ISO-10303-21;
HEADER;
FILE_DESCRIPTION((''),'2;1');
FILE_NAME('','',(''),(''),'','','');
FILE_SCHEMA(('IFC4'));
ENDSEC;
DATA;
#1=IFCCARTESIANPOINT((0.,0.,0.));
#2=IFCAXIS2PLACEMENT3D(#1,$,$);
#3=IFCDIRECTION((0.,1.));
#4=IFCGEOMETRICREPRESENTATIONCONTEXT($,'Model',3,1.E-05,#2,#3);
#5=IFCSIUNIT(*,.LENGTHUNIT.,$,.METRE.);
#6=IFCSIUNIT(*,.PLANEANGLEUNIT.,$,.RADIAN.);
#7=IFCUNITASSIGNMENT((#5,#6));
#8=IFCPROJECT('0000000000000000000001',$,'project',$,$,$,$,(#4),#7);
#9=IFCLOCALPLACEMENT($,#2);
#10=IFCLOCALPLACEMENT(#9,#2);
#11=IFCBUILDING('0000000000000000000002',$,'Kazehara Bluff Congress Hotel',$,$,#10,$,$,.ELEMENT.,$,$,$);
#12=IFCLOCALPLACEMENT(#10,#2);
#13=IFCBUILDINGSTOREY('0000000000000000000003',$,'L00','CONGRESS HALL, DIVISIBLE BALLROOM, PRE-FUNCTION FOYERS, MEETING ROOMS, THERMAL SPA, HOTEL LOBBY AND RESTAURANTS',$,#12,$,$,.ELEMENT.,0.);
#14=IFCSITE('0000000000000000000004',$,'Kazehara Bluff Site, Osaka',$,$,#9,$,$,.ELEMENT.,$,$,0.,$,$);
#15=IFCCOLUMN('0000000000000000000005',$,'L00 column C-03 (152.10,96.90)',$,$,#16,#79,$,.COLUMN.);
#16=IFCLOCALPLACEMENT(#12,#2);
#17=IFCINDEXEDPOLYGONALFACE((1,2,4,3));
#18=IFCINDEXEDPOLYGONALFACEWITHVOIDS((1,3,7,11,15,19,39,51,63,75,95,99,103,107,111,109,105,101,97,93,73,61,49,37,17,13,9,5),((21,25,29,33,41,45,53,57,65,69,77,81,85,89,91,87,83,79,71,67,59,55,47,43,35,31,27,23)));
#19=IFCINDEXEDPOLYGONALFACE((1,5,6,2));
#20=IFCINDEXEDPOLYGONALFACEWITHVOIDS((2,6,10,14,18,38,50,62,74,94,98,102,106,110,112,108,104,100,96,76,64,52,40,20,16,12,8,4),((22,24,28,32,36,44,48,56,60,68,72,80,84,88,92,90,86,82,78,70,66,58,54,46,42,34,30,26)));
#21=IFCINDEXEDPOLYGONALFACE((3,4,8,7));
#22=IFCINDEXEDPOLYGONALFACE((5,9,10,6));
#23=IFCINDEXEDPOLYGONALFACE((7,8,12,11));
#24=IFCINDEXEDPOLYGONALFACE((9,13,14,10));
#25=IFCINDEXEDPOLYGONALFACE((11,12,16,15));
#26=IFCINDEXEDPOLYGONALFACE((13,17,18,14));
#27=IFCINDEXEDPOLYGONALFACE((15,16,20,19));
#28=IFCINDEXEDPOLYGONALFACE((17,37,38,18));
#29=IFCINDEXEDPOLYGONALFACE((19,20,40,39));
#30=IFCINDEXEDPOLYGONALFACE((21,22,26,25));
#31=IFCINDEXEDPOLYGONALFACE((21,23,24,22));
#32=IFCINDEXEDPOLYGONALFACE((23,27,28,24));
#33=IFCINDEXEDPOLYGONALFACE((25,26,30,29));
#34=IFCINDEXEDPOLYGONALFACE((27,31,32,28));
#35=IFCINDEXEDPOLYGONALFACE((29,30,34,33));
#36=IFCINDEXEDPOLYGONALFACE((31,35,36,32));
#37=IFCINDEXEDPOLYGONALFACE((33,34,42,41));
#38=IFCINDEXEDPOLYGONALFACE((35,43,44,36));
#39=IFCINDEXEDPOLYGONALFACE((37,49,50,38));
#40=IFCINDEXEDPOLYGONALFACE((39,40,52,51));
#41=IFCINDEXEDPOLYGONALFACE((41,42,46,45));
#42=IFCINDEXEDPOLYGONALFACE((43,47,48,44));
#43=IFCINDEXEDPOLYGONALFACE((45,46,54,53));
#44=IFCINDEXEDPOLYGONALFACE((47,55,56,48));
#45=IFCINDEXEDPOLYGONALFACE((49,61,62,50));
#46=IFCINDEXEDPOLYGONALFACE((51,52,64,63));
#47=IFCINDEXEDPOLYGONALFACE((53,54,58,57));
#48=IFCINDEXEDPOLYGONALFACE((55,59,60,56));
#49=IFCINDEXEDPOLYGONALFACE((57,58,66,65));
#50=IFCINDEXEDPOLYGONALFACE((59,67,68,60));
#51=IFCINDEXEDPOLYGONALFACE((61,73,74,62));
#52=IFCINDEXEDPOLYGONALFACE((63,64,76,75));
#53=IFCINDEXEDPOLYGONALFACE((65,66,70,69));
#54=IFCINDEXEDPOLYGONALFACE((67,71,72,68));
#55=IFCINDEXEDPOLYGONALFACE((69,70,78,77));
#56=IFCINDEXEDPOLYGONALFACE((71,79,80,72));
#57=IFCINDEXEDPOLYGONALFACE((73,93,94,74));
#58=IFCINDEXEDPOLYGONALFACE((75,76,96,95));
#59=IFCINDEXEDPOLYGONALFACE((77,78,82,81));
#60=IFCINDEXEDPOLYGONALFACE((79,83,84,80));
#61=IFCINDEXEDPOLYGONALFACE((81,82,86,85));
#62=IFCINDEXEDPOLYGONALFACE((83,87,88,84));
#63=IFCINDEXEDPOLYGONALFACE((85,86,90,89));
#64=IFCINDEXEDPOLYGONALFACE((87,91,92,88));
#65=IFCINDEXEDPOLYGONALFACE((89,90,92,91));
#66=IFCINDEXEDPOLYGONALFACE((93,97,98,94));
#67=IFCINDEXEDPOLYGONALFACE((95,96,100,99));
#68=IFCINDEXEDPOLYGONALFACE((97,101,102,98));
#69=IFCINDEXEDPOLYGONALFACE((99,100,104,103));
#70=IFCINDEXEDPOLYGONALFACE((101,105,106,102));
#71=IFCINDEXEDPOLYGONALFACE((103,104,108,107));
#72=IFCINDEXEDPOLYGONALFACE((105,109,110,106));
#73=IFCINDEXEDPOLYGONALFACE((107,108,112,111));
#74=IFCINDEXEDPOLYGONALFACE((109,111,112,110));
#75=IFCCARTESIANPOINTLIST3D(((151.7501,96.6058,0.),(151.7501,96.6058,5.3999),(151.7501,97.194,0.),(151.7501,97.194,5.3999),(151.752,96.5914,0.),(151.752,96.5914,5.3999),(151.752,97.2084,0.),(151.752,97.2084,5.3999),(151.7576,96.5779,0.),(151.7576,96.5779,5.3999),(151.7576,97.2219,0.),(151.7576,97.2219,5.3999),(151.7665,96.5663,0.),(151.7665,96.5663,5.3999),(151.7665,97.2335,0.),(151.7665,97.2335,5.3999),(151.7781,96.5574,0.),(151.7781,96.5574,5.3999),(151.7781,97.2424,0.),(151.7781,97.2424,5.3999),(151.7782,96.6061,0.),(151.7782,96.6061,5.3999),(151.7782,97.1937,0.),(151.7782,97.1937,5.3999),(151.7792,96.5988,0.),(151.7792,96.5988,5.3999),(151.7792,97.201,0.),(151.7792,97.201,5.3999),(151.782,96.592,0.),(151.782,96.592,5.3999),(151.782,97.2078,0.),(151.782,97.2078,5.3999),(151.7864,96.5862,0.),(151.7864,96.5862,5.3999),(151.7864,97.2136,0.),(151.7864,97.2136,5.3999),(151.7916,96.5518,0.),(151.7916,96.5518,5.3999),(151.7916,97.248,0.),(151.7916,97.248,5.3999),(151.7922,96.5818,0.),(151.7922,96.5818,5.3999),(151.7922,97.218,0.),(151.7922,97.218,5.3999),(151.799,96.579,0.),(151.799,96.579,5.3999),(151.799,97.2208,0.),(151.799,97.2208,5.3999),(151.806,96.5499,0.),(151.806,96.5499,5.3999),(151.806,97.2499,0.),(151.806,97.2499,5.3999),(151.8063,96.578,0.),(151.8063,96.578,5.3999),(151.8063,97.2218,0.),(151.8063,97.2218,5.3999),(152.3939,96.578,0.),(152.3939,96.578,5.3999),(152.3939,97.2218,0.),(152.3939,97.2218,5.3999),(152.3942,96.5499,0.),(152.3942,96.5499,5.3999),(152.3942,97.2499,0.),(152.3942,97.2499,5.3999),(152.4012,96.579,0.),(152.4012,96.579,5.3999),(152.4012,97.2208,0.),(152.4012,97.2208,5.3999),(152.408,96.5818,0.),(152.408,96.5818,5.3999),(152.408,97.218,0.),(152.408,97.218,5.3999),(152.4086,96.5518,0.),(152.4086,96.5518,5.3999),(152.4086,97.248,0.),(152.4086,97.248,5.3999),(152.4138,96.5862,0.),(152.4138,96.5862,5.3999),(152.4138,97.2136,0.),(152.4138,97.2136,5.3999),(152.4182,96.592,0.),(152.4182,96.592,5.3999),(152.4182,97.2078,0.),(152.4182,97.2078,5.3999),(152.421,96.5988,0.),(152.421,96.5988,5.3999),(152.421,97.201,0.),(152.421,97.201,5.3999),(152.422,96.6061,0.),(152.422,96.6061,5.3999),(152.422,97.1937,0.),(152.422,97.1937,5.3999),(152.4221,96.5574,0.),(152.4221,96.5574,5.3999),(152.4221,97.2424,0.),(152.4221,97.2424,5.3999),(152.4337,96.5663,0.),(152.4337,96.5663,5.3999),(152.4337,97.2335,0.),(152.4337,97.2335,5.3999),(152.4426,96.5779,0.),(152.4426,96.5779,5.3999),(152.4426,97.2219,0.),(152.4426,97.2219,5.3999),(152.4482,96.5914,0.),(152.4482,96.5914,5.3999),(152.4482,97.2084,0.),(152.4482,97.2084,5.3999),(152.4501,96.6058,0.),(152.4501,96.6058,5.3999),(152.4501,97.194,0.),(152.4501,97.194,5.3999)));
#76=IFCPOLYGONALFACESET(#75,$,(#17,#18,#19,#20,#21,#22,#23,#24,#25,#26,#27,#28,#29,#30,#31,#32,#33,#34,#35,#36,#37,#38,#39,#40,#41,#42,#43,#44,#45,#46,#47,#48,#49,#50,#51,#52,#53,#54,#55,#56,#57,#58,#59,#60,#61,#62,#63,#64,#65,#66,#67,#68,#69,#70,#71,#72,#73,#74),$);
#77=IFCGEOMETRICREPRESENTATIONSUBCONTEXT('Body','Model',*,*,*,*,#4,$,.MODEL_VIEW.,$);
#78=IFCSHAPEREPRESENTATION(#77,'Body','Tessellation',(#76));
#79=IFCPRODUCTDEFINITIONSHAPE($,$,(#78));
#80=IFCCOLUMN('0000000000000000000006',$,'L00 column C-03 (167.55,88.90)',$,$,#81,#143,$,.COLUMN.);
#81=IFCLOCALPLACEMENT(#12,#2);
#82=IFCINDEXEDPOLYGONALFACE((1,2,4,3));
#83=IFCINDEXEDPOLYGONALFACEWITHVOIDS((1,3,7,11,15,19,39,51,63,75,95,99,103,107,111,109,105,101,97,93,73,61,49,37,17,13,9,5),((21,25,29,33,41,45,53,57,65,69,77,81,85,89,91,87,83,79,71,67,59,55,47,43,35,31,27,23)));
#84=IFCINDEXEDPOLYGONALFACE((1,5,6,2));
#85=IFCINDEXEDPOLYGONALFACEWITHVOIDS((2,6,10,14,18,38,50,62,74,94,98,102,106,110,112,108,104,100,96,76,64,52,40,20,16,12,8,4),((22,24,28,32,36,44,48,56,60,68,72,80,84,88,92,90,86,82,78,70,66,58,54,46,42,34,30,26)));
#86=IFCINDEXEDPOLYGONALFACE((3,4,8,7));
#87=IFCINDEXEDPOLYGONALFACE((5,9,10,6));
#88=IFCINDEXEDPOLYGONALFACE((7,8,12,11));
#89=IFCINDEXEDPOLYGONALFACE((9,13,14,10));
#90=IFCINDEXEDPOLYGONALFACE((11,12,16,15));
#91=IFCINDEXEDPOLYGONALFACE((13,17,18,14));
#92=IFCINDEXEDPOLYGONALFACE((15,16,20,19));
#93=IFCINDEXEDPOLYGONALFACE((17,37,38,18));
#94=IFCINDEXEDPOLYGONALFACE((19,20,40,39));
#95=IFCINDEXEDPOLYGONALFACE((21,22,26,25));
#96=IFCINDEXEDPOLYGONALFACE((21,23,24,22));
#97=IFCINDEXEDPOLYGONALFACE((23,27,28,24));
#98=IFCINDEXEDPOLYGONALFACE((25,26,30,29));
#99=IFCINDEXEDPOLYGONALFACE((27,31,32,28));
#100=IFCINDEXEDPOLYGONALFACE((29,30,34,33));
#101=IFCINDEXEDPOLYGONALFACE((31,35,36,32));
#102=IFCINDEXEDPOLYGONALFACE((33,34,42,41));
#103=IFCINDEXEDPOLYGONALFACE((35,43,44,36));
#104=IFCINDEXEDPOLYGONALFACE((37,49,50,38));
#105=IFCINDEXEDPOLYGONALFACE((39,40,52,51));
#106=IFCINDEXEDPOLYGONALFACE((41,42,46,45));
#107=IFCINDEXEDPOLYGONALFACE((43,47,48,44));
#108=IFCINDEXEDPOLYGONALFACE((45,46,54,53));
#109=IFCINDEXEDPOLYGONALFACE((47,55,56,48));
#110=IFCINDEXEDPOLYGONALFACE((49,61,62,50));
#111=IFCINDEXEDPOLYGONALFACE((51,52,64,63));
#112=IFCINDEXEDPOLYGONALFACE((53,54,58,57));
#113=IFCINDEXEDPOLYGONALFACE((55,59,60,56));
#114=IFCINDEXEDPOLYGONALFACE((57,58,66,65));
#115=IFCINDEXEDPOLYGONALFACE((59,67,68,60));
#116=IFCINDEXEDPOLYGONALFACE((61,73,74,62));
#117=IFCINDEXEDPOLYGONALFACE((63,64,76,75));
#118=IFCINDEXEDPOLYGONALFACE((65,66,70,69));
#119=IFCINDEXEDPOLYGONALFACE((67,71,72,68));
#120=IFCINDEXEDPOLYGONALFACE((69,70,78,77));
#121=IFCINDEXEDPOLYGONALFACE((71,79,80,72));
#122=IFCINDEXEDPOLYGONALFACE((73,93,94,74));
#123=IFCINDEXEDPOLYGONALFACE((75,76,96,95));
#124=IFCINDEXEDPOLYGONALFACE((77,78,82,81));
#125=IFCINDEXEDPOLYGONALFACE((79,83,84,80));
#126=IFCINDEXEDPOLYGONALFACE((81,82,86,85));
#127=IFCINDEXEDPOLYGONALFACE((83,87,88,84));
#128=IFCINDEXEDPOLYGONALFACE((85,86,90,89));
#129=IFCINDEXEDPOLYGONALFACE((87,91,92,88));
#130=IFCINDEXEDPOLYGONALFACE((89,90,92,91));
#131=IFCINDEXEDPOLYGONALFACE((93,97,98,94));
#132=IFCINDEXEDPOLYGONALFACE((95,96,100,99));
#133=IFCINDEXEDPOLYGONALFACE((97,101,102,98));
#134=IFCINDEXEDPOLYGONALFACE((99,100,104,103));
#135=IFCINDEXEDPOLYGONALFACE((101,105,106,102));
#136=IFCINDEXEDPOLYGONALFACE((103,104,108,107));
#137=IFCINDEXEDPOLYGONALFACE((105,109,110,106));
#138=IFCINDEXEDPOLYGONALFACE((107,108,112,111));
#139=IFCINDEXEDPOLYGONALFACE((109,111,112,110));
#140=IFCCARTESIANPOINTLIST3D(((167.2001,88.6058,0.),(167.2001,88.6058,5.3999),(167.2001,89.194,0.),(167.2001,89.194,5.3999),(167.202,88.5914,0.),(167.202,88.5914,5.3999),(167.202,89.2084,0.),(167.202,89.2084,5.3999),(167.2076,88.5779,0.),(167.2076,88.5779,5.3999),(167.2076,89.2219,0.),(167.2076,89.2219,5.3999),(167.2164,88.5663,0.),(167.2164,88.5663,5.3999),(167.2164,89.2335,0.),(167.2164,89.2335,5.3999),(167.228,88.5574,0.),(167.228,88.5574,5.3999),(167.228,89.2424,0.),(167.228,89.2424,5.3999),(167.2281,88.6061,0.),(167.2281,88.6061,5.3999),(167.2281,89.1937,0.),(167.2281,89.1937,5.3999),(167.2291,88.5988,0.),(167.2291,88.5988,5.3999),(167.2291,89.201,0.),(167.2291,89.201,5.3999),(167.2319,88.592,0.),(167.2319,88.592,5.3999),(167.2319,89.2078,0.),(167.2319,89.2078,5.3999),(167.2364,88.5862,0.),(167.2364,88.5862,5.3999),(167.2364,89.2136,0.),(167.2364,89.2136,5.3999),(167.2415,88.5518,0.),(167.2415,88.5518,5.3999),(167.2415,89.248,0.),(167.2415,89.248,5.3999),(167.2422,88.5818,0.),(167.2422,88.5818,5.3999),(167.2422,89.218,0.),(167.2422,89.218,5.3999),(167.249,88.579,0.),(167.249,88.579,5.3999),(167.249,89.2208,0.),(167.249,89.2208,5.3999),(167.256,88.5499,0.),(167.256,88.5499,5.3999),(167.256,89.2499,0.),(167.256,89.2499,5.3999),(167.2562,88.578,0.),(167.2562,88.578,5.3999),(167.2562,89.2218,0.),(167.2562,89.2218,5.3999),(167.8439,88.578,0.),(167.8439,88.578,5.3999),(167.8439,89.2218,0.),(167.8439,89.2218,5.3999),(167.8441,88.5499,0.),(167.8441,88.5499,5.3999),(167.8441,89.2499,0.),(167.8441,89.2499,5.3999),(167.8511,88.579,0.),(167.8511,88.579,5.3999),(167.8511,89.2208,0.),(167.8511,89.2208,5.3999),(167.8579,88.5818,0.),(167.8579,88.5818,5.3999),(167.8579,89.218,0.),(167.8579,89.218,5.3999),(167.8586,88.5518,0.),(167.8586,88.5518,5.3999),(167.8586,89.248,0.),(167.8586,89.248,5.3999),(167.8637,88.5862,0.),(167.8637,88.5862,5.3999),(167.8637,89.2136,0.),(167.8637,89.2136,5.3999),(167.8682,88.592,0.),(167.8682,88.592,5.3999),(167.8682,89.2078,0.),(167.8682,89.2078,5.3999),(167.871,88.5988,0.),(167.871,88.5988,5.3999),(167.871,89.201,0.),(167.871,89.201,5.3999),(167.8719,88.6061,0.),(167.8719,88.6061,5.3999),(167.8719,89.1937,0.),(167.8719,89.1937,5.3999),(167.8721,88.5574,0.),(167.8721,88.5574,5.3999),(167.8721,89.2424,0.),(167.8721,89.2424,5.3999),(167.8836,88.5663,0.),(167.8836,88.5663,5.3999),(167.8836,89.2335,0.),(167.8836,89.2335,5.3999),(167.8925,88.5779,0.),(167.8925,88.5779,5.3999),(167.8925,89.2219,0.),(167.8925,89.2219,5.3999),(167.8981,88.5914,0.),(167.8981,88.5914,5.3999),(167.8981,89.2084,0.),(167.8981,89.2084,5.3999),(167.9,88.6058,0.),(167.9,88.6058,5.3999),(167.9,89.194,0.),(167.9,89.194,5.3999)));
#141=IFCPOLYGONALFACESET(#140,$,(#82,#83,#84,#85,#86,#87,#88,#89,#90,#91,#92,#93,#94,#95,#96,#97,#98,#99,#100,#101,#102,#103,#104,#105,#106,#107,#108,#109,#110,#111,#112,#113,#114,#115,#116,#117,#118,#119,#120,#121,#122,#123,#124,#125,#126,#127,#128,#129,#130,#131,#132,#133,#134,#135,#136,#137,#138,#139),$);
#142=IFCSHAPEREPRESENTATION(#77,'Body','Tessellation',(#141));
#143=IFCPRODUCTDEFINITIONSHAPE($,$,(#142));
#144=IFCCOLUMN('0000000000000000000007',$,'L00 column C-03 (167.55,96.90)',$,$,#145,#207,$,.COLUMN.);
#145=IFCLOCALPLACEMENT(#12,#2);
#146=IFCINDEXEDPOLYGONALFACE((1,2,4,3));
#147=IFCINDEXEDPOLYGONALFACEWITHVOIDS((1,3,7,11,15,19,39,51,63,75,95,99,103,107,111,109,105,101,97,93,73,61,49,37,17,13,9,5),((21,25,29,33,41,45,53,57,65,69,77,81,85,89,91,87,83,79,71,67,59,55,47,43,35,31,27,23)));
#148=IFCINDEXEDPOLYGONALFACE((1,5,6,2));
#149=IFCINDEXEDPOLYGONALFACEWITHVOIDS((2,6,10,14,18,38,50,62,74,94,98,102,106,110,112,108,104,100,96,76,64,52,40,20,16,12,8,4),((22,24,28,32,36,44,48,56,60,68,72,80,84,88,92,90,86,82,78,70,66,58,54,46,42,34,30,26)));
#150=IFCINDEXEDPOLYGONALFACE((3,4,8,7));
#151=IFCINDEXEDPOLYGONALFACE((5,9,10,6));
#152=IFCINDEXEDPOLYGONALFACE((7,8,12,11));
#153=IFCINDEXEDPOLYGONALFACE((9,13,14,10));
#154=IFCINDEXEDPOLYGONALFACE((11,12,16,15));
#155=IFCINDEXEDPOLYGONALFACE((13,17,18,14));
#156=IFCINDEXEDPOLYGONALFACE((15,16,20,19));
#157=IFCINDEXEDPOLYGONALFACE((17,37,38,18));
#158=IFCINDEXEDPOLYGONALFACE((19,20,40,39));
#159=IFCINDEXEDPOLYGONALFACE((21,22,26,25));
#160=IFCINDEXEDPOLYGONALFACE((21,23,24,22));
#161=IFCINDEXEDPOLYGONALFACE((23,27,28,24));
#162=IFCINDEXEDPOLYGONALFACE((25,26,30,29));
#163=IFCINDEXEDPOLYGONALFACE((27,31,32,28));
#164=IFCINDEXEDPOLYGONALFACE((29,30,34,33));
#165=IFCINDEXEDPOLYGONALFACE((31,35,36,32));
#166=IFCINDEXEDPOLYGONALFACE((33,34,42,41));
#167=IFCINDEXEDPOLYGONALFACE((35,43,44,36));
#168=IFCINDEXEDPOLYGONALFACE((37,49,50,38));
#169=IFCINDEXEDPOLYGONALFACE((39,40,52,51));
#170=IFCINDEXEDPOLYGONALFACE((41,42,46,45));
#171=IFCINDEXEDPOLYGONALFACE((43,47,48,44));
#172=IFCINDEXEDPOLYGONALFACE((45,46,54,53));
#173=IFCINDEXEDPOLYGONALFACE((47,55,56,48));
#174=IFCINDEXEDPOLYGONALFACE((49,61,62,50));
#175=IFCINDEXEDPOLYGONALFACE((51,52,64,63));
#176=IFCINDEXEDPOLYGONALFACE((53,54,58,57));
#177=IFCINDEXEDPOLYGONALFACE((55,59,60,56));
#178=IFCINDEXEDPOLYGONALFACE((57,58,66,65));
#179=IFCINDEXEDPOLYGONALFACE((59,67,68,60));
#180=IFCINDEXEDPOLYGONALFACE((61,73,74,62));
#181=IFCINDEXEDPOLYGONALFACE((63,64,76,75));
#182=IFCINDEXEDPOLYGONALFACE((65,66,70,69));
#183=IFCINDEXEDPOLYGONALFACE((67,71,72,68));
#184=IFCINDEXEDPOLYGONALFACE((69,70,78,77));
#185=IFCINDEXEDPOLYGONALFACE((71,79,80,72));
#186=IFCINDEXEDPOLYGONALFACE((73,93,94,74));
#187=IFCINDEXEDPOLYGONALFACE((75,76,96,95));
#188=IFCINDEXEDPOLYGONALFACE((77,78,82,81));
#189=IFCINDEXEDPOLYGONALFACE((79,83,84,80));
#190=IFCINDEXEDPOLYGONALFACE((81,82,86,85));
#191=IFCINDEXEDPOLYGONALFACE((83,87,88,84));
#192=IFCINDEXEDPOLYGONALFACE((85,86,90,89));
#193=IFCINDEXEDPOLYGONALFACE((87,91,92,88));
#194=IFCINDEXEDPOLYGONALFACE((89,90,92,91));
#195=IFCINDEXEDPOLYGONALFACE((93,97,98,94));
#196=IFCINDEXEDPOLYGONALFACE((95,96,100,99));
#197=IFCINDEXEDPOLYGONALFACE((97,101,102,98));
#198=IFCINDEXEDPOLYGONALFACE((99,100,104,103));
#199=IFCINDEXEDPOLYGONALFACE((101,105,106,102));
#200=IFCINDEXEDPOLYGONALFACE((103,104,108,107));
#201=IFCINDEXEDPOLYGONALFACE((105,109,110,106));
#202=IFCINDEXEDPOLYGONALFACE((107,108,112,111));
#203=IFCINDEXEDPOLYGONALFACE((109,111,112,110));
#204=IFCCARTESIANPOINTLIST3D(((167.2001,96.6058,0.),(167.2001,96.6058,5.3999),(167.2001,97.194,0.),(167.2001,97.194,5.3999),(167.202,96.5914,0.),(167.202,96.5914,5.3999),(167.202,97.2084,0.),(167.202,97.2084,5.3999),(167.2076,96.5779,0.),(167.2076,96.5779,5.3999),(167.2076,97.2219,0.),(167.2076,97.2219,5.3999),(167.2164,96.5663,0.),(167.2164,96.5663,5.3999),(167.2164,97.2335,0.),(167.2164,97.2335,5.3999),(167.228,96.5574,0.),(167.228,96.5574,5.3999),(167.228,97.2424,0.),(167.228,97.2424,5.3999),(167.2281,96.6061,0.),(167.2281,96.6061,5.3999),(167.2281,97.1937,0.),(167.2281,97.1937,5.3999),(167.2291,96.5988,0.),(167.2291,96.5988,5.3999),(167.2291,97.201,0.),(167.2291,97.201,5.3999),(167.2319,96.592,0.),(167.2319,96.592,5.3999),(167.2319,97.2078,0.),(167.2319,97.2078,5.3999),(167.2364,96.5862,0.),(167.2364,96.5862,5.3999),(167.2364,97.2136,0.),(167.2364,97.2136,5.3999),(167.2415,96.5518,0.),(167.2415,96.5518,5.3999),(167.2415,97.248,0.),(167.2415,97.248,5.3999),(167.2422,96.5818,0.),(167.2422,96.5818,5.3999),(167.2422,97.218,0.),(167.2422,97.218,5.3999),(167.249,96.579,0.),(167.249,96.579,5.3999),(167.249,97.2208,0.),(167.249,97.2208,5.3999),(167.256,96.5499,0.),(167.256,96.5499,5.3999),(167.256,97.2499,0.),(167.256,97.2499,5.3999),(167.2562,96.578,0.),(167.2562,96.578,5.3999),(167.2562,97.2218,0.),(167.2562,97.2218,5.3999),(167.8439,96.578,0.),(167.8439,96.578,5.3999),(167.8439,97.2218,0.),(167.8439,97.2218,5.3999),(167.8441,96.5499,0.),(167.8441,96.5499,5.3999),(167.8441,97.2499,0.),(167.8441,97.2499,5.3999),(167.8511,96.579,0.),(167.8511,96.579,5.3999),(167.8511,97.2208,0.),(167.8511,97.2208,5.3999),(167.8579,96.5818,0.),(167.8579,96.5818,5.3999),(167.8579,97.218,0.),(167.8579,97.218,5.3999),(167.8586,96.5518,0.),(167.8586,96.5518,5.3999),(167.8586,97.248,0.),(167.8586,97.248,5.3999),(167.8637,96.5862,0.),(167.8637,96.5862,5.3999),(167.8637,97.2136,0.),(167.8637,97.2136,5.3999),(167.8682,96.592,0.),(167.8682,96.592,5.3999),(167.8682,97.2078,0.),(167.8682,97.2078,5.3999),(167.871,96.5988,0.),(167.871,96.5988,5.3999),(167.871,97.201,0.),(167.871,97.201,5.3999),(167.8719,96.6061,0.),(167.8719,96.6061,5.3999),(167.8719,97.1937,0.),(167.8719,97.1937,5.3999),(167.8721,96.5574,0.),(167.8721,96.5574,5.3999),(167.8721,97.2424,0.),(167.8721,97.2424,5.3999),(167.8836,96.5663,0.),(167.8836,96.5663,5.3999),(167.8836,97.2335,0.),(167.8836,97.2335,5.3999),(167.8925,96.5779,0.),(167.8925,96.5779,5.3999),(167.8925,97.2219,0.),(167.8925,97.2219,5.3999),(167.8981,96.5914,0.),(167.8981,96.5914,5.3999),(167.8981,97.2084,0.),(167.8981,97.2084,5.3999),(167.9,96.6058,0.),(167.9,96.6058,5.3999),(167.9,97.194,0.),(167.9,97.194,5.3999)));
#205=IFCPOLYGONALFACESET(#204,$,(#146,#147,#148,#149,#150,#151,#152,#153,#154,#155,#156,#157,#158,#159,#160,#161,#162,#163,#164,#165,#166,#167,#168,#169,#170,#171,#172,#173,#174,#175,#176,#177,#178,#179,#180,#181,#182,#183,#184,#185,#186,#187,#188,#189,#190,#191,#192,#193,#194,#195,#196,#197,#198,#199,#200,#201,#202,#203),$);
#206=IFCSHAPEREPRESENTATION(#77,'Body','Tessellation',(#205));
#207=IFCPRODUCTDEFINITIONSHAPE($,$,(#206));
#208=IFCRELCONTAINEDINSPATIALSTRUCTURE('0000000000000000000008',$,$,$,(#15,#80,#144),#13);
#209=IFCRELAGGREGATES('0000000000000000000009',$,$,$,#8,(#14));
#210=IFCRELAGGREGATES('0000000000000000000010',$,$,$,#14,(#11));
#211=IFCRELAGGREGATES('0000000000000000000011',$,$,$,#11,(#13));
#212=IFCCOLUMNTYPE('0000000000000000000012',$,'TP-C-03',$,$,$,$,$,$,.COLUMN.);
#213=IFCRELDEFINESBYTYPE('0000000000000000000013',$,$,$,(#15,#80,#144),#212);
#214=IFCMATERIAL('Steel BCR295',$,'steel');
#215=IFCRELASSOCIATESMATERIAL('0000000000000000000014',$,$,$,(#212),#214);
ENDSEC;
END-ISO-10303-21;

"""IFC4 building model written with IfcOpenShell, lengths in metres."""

from ifc_helpers import new_model, si_unit, direction, frame, origin, origin_2d, place, context, subcontext, project, spatial, hollow_rectangle, extrude, material, material_profile, profile_set, type_object, element, save


model = new_model("IFC4")

# Units and contexts
model_context = context("Model", 3, precision=1e-05, world=origin(), true_north=direction((0.0, 1.0)))
body_context = subcontext(model_context, "Body", "Model", "MODEL_VIEW")
ifc_project = project(units=[si_unit("LENGTHUNIT", "METRE"), si_unit("PLANEANGLEUNIT", "RADIAN")], contexts=[model_context])

# Site, building, storey
site_placement = place(None, origin())
site = spatial("IfcSite", under=ifc_project, at=site_placement, Name="Kazehara Bluff Site, Osaka", CompositionType="ELEMENT", RefElevation=0.0)
building_placement = place(site_placement, origin())
building = spatial("IfcBuilding", under=site, at=building_placement, Name="Kazehara Bluff Congress Hotel", CompositionType="ELEMENT")
storey_placement = place(building_placement, origin())
storey = spatial("IfcBuildingStorey", under=building, at=storey_placement, Name="L00", Description="CONGRESS HALL, DIVISIBLE BALLROOM, PRE-FUNCTION FOYERS, MEETING ROOMS, THERMAL SPA, HOTEL LOBBY AND RESTAURANTS", CompositionType="ELEMENT", Elevation=0.0)

# Columns
ifc_material_1 = material(Name="Steel BCR295", Category="steel")
ifc_material_profile_1 = material_profile(ifc_material_1, hollow_rectangle(XDim=0.7, YDim=0.7, WallThickness=0.0281, InnerFilletRadius=0.0281, OuterFilletRadius=0.0559, at=origin_2d()))
ifc_profile_set_1 = profile_set([ifc_material_profile_1], Name="Steel BCR295")
column_type_1 = type_object("IfcColumnType", Name="TP-C-03", PredefinedType="COLUMN", material=ifc_profile_set_1)
for number, where, z_axis, x_axis, name in (
    (1, (152.1001, 96.8999, 0.0), (0.0, 0.0, 1.0), (1.0, 0.0, 0.0), "L00 column C-03 (152.10,96.90)"),
    (2, (167.55, 88.8999, 0.0), (0.0, 0.0, 1.0), (1.0, 0.0, 0.0), "L00 column C-03 (167.55,88.90)"),
    (3, (167.55, 96.8999, 0.0), (0.0, 0.0, 1.0), (1.0, 0.0, 0.0), "L00 column C-03 (167.55,96.90)"),
):
    element("IfcColumn", number, at=place(storey_placement, frame(where, z_axis=z_axis, x_axis=x_axis)), inside=storey, type_object=column_type_1, Name=name, PredefinedType="COLUMN", context=body_context, shape_type="SweptSolid", body=[
        extrude(hollow_rectangle(XDim=0.7, YDim=0.7, WallThickness=0.0281, InnerFilletRadius=0.0281, OuterFilletRadius=0.0559, at=origin_2d()), origin(), (0.0, 0.0, 1.0), 5.3999),
    ])

save(model, "model.ifc")
